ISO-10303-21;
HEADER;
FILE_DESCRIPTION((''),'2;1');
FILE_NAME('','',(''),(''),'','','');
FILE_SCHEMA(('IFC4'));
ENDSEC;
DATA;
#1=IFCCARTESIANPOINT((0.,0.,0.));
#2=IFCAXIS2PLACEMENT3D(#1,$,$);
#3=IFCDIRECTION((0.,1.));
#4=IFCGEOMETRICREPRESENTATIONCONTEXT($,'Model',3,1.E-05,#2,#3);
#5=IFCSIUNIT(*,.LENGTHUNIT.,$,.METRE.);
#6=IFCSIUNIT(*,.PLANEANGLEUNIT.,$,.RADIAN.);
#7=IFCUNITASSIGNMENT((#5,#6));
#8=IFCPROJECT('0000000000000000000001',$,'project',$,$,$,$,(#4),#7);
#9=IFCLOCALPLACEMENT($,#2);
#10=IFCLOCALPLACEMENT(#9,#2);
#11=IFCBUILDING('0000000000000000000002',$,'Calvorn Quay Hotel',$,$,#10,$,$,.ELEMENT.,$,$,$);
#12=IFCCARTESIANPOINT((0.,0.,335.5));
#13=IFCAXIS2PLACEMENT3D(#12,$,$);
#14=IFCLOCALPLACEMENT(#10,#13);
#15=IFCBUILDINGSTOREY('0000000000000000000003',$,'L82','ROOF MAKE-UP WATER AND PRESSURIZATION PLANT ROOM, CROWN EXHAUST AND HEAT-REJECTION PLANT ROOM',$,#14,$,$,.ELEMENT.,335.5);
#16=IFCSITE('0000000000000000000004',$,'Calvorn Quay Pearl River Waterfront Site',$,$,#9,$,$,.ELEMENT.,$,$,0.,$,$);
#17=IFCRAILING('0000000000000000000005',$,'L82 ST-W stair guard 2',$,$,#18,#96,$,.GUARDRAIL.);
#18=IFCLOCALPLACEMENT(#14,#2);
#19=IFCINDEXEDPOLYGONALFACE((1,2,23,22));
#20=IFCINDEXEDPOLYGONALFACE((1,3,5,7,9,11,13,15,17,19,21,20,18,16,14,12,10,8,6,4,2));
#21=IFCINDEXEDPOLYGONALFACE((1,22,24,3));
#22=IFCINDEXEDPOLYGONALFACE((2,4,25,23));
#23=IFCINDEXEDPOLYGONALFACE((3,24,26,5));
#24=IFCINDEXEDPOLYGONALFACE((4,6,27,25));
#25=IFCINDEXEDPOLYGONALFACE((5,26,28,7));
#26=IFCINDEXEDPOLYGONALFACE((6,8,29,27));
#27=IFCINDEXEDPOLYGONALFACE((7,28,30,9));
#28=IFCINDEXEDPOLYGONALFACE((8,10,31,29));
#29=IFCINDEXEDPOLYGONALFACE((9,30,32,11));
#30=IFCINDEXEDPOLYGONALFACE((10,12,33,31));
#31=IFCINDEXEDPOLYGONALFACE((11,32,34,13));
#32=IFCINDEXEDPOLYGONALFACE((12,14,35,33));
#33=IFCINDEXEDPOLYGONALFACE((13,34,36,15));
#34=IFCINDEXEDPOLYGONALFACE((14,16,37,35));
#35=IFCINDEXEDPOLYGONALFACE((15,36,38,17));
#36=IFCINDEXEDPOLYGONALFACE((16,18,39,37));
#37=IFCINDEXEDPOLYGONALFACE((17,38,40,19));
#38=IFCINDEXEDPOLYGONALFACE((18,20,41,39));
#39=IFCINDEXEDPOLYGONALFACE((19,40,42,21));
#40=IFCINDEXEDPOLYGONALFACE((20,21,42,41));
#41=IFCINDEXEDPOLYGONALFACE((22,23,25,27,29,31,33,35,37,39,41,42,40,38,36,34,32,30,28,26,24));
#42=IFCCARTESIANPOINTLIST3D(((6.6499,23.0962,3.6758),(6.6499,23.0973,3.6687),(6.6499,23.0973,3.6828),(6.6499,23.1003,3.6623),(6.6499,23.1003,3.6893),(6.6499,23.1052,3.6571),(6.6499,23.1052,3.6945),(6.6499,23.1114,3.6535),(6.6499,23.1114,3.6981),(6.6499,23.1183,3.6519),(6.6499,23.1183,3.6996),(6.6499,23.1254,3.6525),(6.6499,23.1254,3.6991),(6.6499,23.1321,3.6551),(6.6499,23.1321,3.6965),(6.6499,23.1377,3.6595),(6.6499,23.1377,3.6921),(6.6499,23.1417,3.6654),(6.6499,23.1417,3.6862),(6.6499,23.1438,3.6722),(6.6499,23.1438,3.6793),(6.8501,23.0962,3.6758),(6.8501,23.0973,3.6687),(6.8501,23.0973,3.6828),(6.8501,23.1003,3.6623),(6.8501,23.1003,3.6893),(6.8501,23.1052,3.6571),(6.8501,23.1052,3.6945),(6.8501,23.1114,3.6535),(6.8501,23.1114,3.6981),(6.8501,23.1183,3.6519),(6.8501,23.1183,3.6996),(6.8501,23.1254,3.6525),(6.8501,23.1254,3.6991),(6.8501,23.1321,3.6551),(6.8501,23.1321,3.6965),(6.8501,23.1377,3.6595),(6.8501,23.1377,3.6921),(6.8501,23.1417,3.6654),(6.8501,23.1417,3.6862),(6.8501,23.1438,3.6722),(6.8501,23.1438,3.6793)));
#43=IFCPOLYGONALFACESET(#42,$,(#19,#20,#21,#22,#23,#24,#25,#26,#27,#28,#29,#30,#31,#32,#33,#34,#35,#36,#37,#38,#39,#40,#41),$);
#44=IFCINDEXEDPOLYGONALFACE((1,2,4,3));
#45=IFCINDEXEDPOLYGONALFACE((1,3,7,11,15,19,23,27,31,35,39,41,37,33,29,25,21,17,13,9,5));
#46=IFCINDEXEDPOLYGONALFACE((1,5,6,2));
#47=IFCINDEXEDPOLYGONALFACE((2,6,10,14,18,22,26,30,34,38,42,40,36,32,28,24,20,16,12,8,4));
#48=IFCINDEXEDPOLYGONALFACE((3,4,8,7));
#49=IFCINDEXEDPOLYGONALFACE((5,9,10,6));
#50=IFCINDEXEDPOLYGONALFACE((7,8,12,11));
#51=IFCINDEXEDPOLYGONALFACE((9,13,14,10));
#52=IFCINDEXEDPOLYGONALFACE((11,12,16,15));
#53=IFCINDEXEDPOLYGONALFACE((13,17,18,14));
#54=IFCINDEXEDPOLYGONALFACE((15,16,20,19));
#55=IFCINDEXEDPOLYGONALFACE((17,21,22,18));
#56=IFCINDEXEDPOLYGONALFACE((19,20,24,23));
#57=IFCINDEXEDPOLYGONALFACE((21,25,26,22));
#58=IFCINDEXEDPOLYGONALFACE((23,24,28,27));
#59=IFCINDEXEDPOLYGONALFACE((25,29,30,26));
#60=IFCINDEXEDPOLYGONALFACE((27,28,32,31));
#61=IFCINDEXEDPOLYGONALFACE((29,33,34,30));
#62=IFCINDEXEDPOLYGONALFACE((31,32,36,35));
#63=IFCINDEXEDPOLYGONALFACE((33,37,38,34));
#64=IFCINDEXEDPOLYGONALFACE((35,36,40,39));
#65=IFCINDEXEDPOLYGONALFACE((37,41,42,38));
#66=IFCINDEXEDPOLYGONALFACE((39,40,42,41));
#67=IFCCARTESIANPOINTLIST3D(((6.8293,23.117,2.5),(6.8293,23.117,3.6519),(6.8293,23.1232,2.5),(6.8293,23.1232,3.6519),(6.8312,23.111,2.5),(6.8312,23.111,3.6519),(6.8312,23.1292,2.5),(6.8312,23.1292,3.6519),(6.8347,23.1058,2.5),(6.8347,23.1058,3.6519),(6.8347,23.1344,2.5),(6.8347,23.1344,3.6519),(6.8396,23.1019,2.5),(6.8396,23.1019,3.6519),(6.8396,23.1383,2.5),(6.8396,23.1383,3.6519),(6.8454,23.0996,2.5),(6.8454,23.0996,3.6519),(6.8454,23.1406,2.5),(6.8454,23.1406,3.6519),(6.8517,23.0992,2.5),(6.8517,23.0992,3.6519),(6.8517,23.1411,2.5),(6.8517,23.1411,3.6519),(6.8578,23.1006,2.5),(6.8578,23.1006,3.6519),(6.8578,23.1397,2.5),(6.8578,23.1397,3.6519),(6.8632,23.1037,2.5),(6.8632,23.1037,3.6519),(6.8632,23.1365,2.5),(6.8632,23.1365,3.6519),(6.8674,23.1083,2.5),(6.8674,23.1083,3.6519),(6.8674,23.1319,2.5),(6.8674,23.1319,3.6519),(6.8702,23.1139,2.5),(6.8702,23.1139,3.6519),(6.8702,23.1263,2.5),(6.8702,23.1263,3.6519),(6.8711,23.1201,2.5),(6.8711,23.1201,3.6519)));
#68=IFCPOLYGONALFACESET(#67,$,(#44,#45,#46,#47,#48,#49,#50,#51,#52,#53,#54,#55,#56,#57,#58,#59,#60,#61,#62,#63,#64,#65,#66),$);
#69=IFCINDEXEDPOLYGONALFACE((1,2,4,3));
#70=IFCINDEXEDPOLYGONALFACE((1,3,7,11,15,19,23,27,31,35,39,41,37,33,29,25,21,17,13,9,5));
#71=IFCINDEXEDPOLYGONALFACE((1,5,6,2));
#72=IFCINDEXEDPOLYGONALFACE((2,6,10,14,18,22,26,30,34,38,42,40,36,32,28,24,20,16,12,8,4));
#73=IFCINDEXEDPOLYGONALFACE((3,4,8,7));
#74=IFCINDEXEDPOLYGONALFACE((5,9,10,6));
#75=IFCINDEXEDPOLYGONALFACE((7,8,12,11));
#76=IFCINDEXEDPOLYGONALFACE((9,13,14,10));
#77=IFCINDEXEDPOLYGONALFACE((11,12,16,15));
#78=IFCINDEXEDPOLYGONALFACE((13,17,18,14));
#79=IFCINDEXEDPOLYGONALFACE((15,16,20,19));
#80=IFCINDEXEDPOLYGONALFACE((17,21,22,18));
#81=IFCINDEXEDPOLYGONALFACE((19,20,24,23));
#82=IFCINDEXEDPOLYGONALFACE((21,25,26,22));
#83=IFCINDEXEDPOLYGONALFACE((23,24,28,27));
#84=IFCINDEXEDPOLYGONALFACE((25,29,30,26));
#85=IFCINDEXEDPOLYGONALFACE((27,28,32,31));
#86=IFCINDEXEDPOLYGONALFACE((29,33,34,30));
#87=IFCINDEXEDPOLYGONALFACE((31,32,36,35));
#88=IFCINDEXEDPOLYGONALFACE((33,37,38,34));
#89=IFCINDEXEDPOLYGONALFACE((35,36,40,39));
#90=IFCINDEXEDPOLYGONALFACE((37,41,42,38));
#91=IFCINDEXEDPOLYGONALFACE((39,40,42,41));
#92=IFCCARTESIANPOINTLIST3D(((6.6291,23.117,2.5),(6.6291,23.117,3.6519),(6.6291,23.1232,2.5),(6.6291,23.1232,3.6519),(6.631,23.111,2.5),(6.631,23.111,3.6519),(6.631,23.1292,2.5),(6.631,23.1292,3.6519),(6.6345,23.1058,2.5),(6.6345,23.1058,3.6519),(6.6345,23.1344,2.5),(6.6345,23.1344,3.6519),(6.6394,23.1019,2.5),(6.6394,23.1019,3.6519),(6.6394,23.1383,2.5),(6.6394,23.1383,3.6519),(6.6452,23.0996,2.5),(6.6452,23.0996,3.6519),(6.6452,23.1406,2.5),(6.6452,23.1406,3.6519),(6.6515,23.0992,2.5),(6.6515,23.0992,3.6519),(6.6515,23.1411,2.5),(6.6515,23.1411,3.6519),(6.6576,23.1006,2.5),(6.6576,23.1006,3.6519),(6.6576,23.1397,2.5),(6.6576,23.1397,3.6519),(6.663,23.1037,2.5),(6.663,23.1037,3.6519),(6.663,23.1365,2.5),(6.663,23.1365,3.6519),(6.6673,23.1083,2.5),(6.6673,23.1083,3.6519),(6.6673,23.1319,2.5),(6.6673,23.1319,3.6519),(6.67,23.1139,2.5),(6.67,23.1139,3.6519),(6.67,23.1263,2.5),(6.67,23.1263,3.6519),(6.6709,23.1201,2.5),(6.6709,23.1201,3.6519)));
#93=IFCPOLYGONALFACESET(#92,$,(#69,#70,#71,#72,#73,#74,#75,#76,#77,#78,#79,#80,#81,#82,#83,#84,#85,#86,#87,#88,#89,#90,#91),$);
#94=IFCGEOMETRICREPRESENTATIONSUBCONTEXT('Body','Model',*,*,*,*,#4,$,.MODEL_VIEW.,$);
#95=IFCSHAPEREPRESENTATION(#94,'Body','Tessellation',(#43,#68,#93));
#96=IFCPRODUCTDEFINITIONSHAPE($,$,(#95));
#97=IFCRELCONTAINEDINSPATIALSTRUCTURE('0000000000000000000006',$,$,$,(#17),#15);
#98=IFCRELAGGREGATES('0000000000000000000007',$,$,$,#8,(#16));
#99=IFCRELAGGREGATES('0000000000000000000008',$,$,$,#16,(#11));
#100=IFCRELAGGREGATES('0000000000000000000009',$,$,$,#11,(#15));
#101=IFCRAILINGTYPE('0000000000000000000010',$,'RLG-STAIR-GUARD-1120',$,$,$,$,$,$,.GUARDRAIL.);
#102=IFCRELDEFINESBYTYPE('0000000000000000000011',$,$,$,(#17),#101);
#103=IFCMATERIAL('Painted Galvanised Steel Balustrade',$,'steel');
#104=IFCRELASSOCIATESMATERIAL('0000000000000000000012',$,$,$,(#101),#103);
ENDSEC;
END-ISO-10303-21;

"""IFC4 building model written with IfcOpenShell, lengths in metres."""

from ifc_helpers import new_model, si_unit, direction, frame, origin, origin_2d, place, context, subcontext, project, spatial, circle, extrude, material, type_object, element, save


model = new_model("IFC4")

# Units and contexts
model_context = context("Model", 3, precision=1e-05, world=origin(), true_north=direction((0.0, 1.0)))
body_context = subcontext(model_context, "Body", "Model", "MODEL_VIEW")
ifc_project = project(units=[si_unit("LENGTHUNIT", "METRE"), si_unit("PLANEANGLEUNIT", "RADIAN")], contexts=[model_context])

# Site, building, storey
site_placement = place(None, origin())
site = spatial("IfcSite", under=ifc_project, at=site_placement, Name="Calvorn Quay Pearl River Waterfront Site", CompositionType="ELEMENT", RefElevation=0.0)
building_placement = place(site_placement, origin())
building = spatial("IfcBuilding", under=site, at=building_placement, Name="Calvorn Quay Hotel", CompositionType="ELEMENT")
storey_placement = place(building_placement, frame((0.0, 0.0, 335.5)))
storey = spatial("IfcBuildingStorey", under=building, at=storey_placement, Name="L82", Description="ROOF MAKE-UP WATER AND PRESSURIZATION PLANT ROOM, CROWN EXHAUST AND HEAT-REJECTION PLANT ROOM", CompositionType="ELEMENT", Elevation=335.5)

# Railing
ifc_material_1 = material(Name="Painted Galvanised Steel Balustrade", Category="steel")
railing_type_1 = type_object("IfcRailingType", Name="RLG-STAIR-GUARD-1120", PredefinedType="GUARDRAIL", material=ifc_material_1)
railing_1_placement = place(storey_placement, frame((6.8501, 23.1201, 2.5)))
element("IfcRailing", 1, at=railing_1_placement, inside=storey, type_object=railing_type_1, Name="L82 ST-W stair guard 2", PredefinedType="GUARDRAIL", context=body_context, shape_type="SweptSolid", body=[
    extrude(circle(Radius=0.0239, at=origin_2d()), frame((0.0, 0.0, 1.1758), z_axis=(-1.0, 0.0, 0.0), x_axis=(0.0, -1.0, 0.0)), (0.0, 0.0, 1.0), 0.2002),
    extrude(circle(Radius=0.021, at=origin_2d()), origin(), (0.0, 0.0, 1.0), 1.1519),
    extrude(circle(Radius=0.021, at=origin_2d()), frame((-0.2002, 0.0, 0.0)), (0.0, 0.0, 1.0), 1.1519),
])

save(model, "model.ifc")
